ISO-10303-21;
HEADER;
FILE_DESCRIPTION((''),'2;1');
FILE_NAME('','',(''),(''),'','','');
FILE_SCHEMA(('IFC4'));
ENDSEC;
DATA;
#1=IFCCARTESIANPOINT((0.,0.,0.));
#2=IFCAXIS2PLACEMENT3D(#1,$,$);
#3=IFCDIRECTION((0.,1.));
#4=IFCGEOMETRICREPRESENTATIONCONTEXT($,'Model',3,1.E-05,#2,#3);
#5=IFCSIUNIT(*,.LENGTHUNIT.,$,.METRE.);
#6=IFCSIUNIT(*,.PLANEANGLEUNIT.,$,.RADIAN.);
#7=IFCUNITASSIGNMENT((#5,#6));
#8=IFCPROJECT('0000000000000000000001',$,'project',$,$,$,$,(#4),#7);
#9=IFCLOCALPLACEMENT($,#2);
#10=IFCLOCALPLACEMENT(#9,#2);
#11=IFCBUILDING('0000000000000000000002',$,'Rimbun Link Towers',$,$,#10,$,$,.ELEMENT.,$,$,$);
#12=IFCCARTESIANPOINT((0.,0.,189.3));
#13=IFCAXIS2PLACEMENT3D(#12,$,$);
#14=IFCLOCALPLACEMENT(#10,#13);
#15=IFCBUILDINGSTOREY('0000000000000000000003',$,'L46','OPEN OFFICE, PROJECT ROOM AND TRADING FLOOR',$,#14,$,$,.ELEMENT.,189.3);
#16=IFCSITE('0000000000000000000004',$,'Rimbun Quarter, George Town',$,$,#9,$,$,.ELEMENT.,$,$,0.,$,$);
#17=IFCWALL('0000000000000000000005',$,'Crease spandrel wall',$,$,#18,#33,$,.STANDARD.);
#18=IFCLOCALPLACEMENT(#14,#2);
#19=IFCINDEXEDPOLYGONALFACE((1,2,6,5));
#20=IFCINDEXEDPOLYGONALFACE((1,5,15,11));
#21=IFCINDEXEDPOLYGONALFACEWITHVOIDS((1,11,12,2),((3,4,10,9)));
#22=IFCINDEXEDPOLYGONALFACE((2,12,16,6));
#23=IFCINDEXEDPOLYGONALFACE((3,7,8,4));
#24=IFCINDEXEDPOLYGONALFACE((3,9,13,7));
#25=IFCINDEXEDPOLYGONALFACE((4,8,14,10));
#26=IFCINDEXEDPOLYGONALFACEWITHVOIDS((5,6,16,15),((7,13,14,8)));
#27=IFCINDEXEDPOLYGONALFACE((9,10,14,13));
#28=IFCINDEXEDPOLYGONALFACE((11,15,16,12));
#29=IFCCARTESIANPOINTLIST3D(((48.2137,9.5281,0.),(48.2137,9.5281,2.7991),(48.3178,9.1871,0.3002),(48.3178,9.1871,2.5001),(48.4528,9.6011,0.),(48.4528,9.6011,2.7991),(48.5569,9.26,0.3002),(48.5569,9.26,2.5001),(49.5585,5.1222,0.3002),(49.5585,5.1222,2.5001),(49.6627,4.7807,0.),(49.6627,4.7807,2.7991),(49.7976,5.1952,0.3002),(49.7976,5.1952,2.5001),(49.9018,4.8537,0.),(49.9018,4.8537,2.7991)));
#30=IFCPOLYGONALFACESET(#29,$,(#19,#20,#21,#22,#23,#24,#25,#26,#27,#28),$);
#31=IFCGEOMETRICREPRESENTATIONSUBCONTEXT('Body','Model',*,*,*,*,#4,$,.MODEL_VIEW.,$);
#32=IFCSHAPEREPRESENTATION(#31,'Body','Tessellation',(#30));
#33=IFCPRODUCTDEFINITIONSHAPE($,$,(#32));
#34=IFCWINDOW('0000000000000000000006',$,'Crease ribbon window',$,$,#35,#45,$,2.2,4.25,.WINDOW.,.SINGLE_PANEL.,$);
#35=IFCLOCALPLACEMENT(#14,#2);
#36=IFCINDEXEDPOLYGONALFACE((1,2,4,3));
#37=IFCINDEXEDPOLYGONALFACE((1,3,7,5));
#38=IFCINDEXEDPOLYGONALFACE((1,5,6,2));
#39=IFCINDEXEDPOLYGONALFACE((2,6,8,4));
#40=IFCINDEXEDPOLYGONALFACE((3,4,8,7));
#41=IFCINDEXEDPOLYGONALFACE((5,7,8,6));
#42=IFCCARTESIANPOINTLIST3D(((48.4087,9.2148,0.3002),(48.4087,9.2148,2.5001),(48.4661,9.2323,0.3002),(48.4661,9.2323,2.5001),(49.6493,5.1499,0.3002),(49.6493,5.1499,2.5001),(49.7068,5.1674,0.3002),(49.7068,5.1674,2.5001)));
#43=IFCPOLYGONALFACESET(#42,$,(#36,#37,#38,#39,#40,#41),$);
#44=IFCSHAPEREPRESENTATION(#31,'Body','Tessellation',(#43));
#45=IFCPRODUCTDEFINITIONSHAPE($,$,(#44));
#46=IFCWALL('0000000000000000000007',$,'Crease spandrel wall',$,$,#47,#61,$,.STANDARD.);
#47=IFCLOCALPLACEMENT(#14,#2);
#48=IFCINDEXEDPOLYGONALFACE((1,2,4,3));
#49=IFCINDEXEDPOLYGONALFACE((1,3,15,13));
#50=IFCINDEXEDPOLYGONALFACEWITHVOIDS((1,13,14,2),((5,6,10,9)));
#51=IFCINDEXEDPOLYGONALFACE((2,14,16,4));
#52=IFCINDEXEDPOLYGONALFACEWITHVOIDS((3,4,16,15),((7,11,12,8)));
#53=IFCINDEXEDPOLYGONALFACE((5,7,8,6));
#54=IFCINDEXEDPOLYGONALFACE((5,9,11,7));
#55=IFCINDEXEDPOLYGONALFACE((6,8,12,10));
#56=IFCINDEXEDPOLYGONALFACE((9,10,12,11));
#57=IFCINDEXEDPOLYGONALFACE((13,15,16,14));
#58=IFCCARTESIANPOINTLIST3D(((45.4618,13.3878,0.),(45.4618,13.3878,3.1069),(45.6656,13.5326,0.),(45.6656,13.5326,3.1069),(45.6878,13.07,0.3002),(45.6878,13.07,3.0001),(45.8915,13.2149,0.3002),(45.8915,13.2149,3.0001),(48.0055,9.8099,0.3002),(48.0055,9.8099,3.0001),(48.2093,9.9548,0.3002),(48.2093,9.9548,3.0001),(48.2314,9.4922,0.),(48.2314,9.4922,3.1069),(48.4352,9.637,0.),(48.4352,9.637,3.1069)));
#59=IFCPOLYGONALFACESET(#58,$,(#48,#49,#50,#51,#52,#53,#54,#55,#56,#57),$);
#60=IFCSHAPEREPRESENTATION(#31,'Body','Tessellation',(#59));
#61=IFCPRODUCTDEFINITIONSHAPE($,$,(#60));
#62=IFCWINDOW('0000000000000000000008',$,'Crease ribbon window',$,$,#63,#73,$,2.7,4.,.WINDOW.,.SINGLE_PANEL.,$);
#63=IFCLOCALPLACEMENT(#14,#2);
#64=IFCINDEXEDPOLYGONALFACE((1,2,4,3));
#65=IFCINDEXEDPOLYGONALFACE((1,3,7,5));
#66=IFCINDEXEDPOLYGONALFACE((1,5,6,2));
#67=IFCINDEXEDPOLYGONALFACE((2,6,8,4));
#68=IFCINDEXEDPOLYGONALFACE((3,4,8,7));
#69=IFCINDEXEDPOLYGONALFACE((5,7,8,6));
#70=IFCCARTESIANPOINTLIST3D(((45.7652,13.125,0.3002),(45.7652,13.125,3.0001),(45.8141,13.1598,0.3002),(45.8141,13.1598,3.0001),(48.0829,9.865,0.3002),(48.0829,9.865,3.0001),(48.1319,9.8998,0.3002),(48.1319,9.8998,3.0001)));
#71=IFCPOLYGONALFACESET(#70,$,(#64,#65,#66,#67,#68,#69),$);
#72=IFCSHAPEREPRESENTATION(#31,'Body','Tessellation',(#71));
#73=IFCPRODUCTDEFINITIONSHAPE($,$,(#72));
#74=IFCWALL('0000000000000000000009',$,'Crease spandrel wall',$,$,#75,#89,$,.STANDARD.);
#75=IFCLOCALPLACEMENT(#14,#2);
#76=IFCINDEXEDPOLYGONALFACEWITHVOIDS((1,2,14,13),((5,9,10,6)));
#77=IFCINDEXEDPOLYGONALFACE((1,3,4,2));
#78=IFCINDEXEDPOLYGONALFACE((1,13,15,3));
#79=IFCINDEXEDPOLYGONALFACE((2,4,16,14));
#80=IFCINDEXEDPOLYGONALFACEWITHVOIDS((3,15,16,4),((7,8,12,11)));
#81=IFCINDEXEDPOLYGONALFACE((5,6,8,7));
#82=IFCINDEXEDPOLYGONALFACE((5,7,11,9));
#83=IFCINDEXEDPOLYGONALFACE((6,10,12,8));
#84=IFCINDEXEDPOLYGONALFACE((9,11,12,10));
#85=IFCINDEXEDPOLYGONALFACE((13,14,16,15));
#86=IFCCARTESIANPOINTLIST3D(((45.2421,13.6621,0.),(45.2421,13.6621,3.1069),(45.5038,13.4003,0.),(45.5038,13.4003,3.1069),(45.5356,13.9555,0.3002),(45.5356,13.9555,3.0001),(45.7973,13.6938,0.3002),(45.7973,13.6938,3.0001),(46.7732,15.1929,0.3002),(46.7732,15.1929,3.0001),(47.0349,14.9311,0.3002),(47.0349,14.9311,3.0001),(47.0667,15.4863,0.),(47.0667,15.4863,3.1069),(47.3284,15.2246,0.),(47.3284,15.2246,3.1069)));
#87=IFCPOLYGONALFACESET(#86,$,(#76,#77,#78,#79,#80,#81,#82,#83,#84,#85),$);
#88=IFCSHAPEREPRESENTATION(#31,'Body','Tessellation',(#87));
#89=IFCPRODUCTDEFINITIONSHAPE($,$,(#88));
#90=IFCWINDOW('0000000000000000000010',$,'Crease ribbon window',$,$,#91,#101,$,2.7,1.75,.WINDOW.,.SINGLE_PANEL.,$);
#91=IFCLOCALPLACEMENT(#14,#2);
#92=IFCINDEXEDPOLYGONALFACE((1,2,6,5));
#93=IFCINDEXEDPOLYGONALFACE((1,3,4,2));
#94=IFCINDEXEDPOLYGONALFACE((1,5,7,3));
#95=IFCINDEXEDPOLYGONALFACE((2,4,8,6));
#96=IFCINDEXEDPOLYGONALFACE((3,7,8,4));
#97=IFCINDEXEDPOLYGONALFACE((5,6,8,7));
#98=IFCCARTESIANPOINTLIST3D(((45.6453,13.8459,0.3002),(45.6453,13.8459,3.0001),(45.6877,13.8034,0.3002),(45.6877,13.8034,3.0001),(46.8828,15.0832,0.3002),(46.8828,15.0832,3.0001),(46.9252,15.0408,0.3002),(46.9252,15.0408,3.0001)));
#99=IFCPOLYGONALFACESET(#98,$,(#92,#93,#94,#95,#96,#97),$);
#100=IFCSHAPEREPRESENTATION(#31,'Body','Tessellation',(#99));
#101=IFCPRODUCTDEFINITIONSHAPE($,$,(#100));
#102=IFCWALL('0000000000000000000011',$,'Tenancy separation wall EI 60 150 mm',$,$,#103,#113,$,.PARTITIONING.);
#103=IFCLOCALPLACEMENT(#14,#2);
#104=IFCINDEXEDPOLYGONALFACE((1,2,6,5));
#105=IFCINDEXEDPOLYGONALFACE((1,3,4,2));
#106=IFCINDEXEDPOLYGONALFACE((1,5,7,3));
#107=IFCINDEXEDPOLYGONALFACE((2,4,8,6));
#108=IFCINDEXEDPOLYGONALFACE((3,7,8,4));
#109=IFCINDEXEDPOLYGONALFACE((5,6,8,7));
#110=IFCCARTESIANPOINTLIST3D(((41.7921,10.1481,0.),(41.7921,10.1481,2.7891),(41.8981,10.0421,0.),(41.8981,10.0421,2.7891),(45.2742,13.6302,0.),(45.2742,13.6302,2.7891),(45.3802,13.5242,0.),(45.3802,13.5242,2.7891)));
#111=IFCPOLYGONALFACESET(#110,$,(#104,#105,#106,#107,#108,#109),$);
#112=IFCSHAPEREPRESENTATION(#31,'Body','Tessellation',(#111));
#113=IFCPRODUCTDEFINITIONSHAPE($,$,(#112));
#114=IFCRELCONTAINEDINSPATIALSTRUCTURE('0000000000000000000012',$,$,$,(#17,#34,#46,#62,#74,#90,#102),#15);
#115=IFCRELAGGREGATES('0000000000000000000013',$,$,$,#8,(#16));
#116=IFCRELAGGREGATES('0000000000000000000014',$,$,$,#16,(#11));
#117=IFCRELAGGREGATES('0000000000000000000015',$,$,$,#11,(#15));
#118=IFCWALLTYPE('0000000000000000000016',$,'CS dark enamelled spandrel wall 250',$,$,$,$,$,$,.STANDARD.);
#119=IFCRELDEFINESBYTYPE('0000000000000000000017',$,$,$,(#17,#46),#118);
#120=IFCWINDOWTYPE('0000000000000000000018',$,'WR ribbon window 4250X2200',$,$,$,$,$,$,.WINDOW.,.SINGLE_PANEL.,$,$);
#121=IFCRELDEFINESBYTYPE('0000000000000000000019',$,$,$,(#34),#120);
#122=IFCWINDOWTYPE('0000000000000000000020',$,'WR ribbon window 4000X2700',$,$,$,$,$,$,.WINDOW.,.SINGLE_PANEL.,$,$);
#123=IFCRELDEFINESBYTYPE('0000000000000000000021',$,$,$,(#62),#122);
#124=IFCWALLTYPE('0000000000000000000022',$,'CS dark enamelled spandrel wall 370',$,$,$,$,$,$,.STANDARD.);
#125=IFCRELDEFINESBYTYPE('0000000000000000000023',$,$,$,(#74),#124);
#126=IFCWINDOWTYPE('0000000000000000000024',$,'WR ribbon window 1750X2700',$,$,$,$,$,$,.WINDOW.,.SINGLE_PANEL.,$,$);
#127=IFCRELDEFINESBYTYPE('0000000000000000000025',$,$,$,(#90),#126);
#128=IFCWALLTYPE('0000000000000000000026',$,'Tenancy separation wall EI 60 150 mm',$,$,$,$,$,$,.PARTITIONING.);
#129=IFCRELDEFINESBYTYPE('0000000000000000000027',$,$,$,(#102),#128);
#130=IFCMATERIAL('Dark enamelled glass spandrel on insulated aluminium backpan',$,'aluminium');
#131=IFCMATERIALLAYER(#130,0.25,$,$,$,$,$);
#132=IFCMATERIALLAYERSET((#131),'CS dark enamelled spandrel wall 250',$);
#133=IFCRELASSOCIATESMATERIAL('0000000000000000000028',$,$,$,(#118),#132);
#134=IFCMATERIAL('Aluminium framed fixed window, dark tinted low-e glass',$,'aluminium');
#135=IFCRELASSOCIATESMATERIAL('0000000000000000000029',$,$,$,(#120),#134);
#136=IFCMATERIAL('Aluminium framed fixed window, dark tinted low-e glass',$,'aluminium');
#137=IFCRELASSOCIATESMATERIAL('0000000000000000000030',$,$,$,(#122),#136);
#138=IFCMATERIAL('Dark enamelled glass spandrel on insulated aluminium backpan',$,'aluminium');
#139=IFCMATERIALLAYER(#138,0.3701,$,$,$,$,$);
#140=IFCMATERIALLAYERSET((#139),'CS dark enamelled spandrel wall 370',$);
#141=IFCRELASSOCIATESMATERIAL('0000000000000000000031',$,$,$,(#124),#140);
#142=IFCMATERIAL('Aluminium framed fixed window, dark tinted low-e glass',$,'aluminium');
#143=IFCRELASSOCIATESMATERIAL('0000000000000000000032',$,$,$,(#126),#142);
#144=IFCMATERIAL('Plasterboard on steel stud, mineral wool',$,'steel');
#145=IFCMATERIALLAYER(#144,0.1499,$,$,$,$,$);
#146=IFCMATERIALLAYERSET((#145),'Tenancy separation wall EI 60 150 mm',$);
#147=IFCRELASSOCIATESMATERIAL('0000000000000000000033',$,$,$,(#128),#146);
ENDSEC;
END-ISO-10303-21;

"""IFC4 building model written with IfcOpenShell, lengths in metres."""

from ifc_helpers import new_model, si_unit, direction, frame, frame_2d, origin, place, context, subcontext, project, spatial, rectangle, extrude, material, layer, layer_set, type_object, element, fill, save


model = new_model("IFC4")

# Units and contexts
model_context = context("Model", 3, precision=1e-05, world=origin(), true_north=direction((0.0, 1.0)))
body_context = subcontext(model_context, "Body", "Model", "MODEL_VIEW")
ifc_project = project(units=[si_unit("LENGTHUNIT", "METRE"), si_unit("PLANEANGLEUNIT", "RADIAN")], contexts=[model_context])

# Site, building, storey
site_placement = place(None, origin())
site = spatial("IfcSite", under=ifc_project, at=site_placement, Name="Rimbun Quarter, George Town", CompositionType="ELEMENT", RefElevation=0.0)
building_placement = place(site_placement, origin())
building = spatial("IfcBuilding", under=site, at=building_placement, Name="Rimbun Link Towers", CompositionType="ELEMENT")
storey_placement = place(building_placement, frame((0.0, 0.0, 189.3)))
storey = spatial("IfcBuildingStorey", under=building, at=storey_placement, Name="L46", Description="OPEN OFFICE, PROJECT ROOM AND TRADING FLOOR", CompositionType="ELEMENT", Elevation=189.3)

# Walls, openings, windows
ifc_material_1 = material(Name="Dark enamelled glass spandrel on insulated aluminium backpan", Category="aluminium")
ifc_layer_1 = layer(ifc_material_1, 0.25)
ifc_layer_set_1 = layer_set([ifc_layer_1], Name="CS dark enamelled spandrel wall 250")
wall_type_1 = type_object("IfcWallType", Name="CS dark enamelled spandrel wall 250", PredefinedType="STANDARD", material=ifc_layer_set_1)
wall_1_placement = place(storey_placement, frame((48.3333, 9.5647, 0.0), z_axis=(0.0, 0.0, 1.0), x_axis=(0.291925, -0.956441, 0.0)))
wall_1 = element("IfcWall", 1, at=wall_1_placement, inside=storey, type_object=wall_type_1, Name="Crease spandrel wall", PredefinedType="STANDARD", context=body_context, shape_type="SweptSolid", body=[
    extrude(rectangle(XDim=4.9636, YDim=0.25, at=frame_2d((2.4819, 0.0))), origin(), (0.0, 0.0, 1.0), 2.7991),
])
opening_1_placement = place(wall_1_placement, frame((0.3567, 0.0, 0.3)))
opening_1 = element("IfcOpeningElement", 2, at=opening_1_placement, cuts=wall_1, PredefinedType="OPENING", context=body_context, shape_type="SweptSolid", body=[
    extrude(rectangle(XDim=4.25, YDim=2.2, at=frame_2d((2.125, 1.1001))), frame((0.0, 0.135, 0.0), z_axis=(0.0, -1.0, 0.0), x_axis=(1.0, 0.0, 0.0)), (0.0, 0.0, 1.0), 0.27),
])
ifc_material_2 = material(Name="Aluminium framed fixed window, dark tinted low-e glass", Category="aluminium")
window_type_1 = type_object("IfcWindowType", Name="WR ribbon window 4250X2200", PartitioningType="SINGLE_PANEL", PredefinedType="WINDOW", material=ifc_material_2)
window_1_placement = place(opening_1_placement, origin())
window_1 = element("IfcWindow", 3, at=window_1_placement, inside=storey, type_object=window_type_1, Name="Crease ribbon window", OverallHeight=2.2, OverallWidth=4.25, PartitioningType="SINGLE_PANEL", PredefinedType="WINDOW", context=body_context, shape_type="SweptSolid", body=[
    extrude(rectangle(XDim=4.25, YDim=2.2, at=frame_2d((2.125, 1.1001))), frame((0.0, 0.03, 0.0), z_axis=(0.0, -1.0, 0.0), x_axis=(1.0, 0.0, 0.0)), (0.0, 0.0, 1.0), 0.0601),
])
fill(opening_1, window_1)
wall_2_placement = place(storey_placement, frame((45.5637, 13.4602, 0.0), z_axis=(0.0, 0.0, 1.0), x_axis=(0.579439, -0.815015, 0.0)))
wall_2 = element("IfcWall", 4, at=wall_2_placement, inside=storey, type_object=wall_type_1, Name="Crease spandrel wall", PredefinedType="STANDARD", context=body_context, shape_type="SweptSolid", body=[
    extrude(rectangle(XDim=4.7798, YDim=0.25, at=frame_2d((2.3899, 0.0))), origin(), (0.0, 0.0, 1.0), 3.1069),
])
opening_2_placement = place(wall_2_placement, frame((0.3899, 0.0, 0.3)))
opening_2 = element("IfcOpeningElement", 5, at=opening_2_placement, cuts=wall_2, PredefinedType="OPENING", context=body_context, shape_type="SweptSolid", body=[
    extrude(rectangle(XDim=4.0, YDim=2.7, at=frame_2d((2.0, 1.3501))), frame((0.0, 0.135, 0.0), z_axis=(0.0, -1.0, 0.0), x_axis=(1.0, 0.0, 0.0)), (0.0, 0.0, 1.0), 0.27),
])
ifc_material_3 = material(Name="Aluminium framed fixed window, dark tinted low-e glass", Category="aluminium")
window_type_2 = type_object("IfcWindowType", Name="WR ribbon window 4000X2700", PartitioningType="SINGLE_PANEL", PredefinedType="WINDOW", material=ifc_material_3)
window_2_placement = place(opening_2_placement, origin())
window_2 = element("IfcWindow", 6, at=window_2_placement, inside=storey, type_object=window_type_2, Name="Crease ribbon window", OverallHeight=2.7, OverallWidth=4.0, PartitioningType="SINGLE_PANEL", PredefinedType="WINDOW", context=body_context, shape_type="SweptSolid", body=[
    extrude(rectangle(XDim=4.0, YDim=2.7, at=frame_2d((2.0, 1.3501))), frame((0.0, 0.03, 0.0), z_axis=(0.0, -1.0, 0.0), x_axis=(1.0, 0.0, 0.0)), (0.0, 0.0, 1.0), 0.0601),
])
fill(opening_2, window_2)
ifc_material_4 = material(Name="Dark enamelled glass spandrel on insulated aluminium backpan", Category="aluminium")
ifc_layer_2 = layer(ifc_material_4, 0.3701)
ifc_layer_set_2 = layer_set([ifc_layer_2], Name="CS dark enamelled spandrel wall 370")
wall_type_2 = type_object("IfcWallType", Name="CS dark enamelled spandrel wall 370", PredefinedType="STANDARD", material=ifc_layer_set_2)
wall_3_placement = place(storey_placement, frame((47.1975, 15.3555, 0.0), z_axis=(0.0, 0.0, 1.0), x_axis=(-0.707154, -0.707059, 0.0)))
wall_3 = element("IfcWall", 7, at=wall_3_placement, inside=storey, type_object=wall_type_2, Name="Crease spandrel wall", PredefinedType="STANDARD", context=body_context, shape_type="SweptSolid", body=[
    extrude(rectangle(XDim=2.5801, YDim=0.3701, at=frame_2d((1.29, 0.0))), origin(), (0.0, 0.0, 1.0), 3.1069),
])
opening_3_placement = place(wall_3_placement, frame((0.415, 0.0, 0.3)))
opening_3 = element("IfcOpeningElement", 8, at=opening_3_placement, cuts=wall_3, PredefinedType="OPENING", context=body_context, shape_type="SweptSolid", body=[
    extrude(rectangle(XDim=1.75, YDim=2.7, at=frame_2d((0.875, 1.3501))), frame((0.0, 0.1951, 0.0), z_axis=(0.0, -1.0, 0.0), x_axis=(1.0, 0.0, 0.0)), (0.0, 0.0, 1.0), 0.3901),
])
ifc_material_5 = material(Name="Aluminium framed fixed window, dark tinted low-e glass", Category="aluminium")
window_type_3 = type_object("IfcWindowType", Name="WR ribbon window 1750X2700", PartitioningType="SINGLE_PANEL", PredefinedType="WINDOW", material=ifc_material_5)
window_3_placement = place(opening_3_placement, origin())
window_3 = element("IfcWindow", 9, at=window_3_placement, inside=storey, type_object=window_type_3, Name="Crease ribbon window", OverallHeight=2.7, OverallWidth=1.75, PartitioningType="SINGLE_PANEL", PredefinedType="WINDOW", context=body_context, shape_type="SweptSolid", body=[
    extrude(rectangle(XDim=1.75, YDim=2.7, at=frame_2d((0.875, 1.3501))), frame((0.0, 0.03, 0.0), z_axis=(0.0, -1.0, 0.0), x_axis=(1.0, 0.0, 0.0)), (0.0, 0.0, 1.0), 0.0601),
])
fill(opening_3, window_3)

# Wall
ifc_material_6 = material(Name="Plasterboard on steel stud, mineral wool", Category="steel")
ifc_layer_3 = layer(ifc_material_6, 0.1499)
ifc_layer_set_3 = layer_set([ifc_layer_3], Name="Tenancy separation wall EI 60 150 mm")
wall_type_3 = type_object("IfcWallType", Name="Tenancy separation wall EI 60 150 mm", PredefinedType="PARTITIONING", material=ifc_layer_set_3)
wall_4_placement = place(storey_placement, frame((41.845, 10.095, 0.0), z_axis=(0.0, 0.0, 1.0), x_axis=(0.707107, 0.707107, 0.0)))
element("IfcWall", 10, at=wall_4_placement, inside=storey, type_object=wall_type_3, Name="Tenancy separation wall EI 60 150 mm", PredefinedType="PARTITIONING", context=body_context, shape_type="SweptSolid", body=[
    extrude(rectangle(XDim=4.9246, YDim=0.1499, at=frame_2d((2.4624, 0.0))), origin(), (0.0, 0.0, 1.0), 2.7891),
])

save(model, "model.ifc")
